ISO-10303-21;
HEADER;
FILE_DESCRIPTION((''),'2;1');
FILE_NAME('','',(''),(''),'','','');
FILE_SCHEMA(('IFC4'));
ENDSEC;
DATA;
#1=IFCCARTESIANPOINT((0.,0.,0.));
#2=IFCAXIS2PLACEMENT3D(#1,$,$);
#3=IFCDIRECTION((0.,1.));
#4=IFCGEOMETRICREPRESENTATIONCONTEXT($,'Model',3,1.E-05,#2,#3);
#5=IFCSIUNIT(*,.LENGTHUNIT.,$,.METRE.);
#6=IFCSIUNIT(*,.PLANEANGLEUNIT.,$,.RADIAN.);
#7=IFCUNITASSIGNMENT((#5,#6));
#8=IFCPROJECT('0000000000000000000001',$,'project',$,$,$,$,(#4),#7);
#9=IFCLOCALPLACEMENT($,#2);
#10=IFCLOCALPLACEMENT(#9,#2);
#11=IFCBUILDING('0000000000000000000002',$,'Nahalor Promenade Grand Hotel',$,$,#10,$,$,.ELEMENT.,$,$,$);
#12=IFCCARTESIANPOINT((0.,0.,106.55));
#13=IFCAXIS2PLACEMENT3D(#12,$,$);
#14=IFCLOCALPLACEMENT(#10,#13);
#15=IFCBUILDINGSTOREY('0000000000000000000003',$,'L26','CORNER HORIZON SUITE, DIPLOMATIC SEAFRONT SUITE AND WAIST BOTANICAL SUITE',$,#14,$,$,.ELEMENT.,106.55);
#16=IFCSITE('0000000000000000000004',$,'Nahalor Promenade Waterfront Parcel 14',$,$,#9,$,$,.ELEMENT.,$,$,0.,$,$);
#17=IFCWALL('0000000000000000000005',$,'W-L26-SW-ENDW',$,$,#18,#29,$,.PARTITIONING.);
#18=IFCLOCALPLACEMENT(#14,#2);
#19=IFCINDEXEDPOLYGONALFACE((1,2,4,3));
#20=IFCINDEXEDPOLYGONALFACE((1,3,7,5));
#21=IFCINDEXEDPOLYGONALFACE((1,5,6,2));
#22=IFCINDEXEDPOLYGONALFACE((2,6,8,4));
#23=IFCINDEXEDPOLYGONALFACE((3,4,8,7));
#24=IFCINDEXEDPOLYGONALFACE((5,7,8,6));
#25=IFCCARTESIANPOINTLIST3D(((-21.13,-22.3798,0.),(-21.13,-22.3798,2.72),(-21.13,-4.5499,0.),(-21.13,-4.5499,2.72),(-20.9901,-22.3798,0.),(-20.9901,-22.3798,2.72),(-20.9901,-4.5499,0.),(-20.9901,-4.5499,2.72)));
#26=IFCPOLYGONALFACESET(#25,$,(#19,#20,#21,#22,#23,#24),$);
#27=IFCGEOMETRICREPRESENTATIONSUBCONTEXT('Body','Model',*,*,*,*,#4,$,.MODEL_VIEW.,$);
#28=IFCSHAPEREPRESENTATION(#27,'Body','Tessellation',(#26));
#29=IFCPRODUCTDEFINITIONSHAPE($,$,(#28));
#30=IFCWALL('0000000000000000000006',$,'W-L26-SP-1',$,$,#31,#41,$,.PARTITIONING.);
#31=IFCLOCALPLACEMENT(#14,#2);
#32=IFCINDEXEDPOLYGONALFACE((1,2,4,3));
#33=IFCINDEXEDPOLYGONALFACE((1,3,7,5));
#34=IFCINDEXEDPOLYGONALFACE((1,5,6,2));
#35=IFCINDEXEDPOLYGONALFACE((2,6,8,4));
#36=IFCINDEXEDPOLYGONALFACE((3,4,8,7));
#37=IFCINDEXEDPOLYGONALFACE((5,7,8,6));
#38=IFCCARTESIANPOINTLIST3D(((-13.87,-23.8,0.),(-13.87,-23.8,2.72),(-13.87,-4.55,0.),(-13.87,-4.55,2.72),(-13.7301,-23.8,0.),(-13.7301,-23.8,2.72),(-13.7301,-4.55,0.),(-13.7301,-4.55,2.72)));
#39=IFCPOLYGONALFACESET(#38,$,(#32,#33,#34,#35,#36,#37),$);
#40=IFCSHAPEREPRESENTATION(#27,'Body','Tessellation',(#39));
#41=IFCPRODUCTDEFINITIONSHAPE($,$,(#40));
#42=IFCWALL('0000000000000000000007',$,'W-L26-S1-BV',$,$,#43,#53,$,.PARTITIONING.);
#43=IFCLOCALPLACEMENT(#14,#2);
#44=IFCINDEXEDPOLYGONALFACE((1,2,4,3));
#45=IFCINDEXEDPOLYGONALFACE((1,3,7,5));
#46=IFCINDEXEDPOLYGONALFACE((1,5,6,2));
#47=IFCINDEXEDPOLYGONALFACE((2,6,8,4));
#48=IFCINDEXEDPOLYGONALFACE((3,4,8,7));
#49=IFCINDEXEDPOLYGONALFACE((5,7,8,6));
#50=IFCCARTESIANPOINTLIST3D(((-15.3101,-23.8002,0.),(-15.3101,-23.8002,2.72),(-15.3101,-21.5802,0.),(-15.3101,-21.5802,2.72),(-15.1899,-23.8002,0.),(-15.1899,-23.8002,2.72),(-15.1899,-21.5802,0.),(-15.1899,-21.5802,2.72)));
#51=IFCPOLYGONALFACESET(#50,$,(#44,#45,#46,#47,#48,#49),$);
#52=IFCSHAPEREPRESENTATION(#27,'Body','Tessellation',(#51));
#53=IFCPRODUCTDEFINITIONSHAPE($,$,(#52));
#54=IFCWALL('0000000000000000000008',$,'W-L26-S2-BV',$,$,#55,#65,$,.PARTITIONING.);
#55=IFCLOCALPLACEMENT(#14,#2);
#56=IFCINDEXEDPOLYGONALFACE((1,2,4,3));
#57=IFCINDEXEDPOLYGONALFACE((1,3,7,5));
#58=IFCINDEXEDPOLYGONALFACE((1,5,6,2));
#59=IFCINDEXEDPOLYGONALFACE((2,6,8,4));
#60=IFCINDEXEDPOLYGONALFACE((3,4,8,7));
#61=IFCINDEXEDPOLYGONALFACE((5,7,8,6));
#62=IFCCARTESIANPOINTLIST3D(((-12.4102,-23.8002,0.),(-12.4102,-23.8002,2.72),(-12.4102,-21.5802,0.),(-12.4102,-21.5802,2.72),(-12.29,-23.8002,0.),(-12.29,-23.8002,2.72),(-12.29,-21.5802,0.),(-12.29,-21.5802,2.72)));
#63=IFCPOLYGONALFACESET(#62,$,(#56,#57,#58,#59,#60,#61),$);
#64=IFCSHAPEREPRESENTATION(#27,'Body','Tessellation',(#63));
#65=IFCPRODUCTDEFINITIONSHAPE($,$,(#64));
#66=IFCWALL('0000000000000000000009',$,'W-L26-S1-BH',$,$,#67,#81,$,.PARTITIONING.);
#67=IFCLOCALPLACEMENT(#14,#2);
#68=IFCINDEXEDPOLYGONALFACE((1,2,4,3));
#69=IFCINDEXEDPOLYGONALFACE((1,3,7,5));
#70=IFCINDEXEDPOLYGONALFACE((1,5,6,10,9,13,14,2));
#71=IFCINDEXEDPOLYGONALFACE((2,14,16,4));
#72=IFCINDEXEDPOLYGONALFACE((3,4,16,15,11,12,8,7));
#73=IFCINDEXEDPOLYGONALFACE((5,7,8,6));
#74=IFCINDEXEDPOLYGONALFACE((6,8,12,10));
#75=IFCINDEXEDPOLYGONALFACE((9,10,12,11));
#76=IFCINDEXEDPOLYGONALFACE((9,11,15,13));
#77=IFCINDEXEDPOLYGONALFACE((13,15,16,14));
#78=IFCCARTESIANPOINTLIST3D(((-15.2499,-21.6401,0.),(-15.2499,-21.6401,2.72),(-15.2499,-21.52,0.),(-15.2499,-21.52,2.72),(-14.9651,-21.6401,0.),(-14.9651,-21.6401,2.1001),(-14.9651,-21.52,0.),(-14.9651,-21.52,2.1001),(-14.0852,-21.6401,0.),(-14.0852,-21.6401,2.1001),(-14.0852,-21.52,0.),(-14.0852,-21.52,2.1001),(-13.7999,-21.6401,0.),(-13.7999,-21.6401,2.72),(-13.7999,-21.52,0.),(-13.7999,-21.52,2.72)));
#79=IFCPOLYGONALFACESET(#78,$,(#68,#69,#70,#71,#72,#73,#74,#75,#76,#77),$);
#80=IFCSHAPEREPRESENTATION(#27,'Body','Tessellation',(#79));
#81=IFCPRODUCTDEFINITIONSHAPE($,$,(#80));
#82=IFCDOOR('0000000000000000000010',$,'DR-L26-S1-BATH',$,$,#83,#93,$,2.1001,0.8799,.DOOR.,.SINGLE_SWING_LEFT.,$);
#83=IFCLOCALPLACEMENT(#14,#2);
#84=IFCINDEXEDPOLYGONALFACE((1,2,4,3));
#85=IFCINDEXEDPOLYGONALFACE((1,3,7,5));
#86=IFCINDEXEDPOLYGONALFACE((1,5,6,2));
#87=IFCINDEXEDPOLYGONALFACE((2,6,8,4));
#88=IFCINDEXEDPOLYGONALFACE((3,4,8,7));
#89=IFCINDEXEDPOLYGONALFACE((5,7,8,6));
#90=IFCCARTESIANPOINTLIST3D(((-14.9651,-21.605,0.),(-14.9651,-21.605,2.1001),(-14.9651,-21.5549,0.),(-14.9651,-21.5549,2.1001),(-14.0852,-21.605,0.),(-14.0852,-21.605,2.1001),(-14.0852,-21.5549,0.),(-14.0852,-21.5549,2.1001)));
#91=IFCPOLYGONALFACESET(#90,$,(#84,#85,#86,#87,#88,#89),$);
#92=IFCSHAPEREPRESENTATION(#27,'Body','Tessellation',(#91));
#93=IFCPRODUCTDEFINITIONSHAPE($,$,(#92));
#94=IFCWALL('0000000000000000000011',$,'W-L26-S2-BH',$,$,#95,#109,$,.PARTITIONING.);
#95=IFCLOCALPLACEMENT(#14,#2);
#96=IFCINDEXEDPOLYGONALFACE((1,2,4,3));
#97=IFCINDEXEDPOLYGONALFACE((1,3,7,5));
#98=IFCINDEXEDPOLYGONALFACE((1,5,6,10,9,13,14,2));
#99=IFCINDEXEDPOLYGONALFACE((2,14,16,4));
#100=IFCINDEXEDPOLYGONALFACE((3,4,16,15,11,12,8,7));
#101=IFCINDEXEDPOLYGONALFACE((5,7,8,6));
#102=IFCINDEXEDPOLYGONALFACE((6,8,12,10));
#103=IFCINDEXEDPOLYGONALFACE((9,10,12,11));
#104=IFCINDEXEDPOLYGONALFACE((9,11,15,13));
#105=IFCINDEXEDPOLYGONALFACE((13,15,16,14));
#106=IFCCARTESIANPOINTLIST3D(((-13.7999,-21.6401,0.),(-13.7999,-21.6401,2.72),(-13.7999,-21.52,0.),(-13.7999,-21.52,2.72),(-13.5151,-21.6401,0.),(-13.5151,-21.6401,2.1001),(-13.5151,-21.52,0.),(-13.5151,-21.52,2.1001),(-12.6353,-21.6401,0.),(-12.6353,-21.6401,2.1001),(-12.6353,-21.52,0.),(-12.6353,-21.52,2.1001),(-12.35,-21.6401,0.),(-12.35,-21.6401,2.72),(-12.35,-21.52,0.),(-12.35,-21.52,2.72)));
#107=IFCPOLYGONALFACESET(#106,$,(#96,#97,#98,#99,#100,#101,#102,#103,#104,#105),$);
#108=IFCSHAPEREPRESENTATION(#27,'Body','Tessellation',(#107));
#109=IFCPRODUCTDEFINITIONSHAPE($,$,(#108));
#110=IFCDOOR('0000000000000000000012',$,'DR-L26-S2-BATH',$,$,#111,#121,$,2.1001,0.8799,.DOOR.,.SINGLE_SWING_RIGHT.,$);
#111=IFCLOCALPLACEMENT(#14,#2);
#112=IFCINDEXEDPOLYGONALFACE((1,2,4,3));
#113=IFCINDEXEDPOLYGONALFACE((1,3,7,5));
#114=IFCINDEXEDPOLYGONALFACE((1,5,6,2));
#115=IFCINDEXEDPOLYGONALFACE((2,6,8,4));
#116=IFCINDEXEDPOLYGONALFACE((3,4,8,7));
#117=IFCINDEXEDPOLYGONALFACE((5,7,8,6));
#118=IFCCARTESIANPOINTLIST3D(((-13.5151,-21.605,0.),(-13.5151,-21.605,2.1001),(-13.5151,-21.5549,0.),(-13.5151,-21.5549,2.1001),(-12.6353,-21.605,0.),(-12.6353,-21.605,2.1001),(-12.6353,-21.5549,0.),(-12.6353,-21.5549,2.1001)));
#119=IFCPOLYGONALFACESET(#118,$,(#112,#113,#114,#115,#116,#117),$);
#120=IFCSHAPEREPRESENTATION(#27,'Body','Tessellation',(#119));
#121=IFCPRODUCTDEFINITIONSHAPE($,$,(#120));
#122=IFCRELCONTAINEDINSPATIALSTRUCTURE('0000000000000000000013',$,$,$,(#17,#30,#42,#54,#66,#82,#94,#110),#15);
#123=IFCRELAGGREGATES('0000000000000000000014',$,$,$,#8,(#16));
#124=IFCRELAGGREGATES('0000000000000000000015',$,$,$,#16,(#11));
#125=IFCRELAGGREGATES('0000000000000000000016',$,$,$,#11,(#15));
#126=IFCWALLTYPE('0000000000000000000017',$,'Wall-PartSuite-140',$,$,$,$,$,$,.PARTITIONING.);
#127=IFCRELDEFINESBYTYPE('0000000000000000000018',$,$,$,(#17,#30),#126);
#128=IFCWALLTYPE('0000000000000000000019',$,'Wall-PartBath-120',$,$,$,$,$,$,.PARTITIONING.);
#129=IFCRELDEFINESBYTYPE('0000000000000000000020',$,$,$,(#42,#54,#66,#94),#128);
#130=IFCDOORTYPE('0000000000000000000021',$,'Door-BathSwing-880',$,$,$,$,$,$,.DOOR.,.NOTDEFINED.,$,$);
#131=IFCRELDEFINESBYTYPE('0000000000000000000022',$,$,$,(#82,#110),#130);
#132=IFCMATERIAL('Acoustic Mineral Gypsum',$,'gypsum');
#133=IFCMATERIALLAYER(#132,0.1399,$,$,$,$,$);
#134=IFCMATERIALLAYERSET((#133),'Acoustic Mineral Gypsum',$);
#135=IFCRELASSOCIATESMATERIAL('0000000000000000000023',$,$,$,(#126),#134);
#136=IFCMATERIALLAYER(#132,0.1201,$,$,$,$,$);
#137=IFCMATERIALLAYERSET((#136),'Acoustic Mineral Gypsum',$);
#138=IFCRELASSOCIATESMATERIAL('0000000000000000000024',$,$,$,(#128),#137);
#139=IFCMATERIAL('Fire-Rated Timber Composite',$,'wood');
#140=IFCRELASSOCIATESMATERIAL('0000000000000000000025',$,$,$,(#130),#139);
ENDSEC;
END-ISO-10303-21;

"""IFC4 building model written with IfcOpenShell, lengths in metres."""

from ifc_helpers import new_model, si_unit, direction, frame, frame_2d, origin, place, context, subcontext, project, spatial, rectangle, extrude, source, transform, mapped, material, layer, layer_set, type_object, element, fill, save


model = new_model("IFC4")

# Units and contexts
model_context = context("Model", 3, precision=1e-05, world=origin(), true_north=direction((0.0, 1.0)))
body_context = subcontext(model_context, "Body", "Model", "MODEL_VIEW")
ifc_project = project(units=[si_unit("LENGTHUNIT", "METRE"), si_unit("PLANEANGLEUNIT", "RADIAN")], contexts=[model_context])

# Site, building, storey
site_placement = place(None, origin())
site = spatial("IfcSite", under=ifc_project, at=site_placement, Name="Nahalor Promenade Waterfront Parcel 14", CompositionType="ELEMENT", RefElevation=0.0)
building_placement = place(site_placement, origin())
building = spatial("IfcBuilding", under=site, at=building_placement, Name="Nahalor Promenade Grand Hotel", CompositionType="ELEMENT")
storey_placement = place(building_placement, frame((0.0, 0.0, 106.55)))
storey = spatial("IfcBuildingStorey", under=building, at=storey_placement, Name="L26", Description="CORNER HORIZON SUITE, DIPLOMATIC SEAFRONT SUITE AND WAIST BOTANICAL SUITE", CompositionType="ELEMENT", Elevation=106.55)

# Walls
ifc_material_1 = material(Name="Acoustic Mineral Gypsum", Category="gypsum")
ifc_layer_1 = layer(ifc_material_1, 0.1399)
ifc_layer_set_1 = layer_set([ifc_layer_1], Name="Acoustic Mineral Gypsum")
wall_type_1 = type_object("IfcWallType", Name="Wall-PartSuite-140", PredefinedType="PARTITIONING", material=ifc_layer_set_1)
shared_shape_1 = source(origin(), body_context, "Body", "SweptSolid", [
    extrude(rectangle(XDim=17.8298, YDim=0.1399, at=frame_2d((8.915, 0.0))), origin(), (0.0, 0.0, 1.0), 2.72),
])
wall_1_placement = place(storey_placement, frame((-21.0601, -22.3799, 0.0), z_axis=(0.0, 0.0, 1.0), x_axis=(0.0, 1.0, 0.0)))
element("IfcWall", 1, at=wall_1_placement, inside=storey, type_object=wall_type_1, Name="W-L26-SW-ENDW", PredefinedType="PARTITIONING", context=body_context, shape_type="MappedRepresentation", body=[
    mapped(shared_shape_1, transform((0.0, 0.0, 0.0), scale=1.0)),
])
shared_shape_2 = source(origin(), body_context, "Body", "SweptSolid", [
    extrude(rectangle(XDim=19.25, YDim=0.1399, at=frame_2d((9.625, 0.0))), origin(), (0.0, 0.0, 1.0), 2.72),
])
wall_2_placement = place(storey_placement, frame((-13.8, -23.8, 0.0), z_axis=(0.0, 0.0, 1.0), x_axis=(0.0, 1.0, 0.0)))
element("IfcWall", 2, at=wall_2_placement, inside=storey, type_object=wall_type_1, Name="W-L26-SP-1", PredefinedType="PARTITIONING", context=body_context, shape_type="MappedRepresentation", body=[
    mapped(shared_shape_2, transform((0.0, 0.0, 0.0), scale=1.0)),
])
ifc_layer_2 = layer(ifc_material_1, 0.1201)
ifc_layer_set_2 = layer_set([ifc_layer_2], Name="Acoustic Mineral Gypsum")
wall_type_2 = type_object("IfcWallType", Name="Wall-PartBath-120", PredefinedType="PARTITIONING", material=ifc_layer_set_2)
shared_shape_3 = source(origin(), body_context, "Body", "SweptSolid", [
    extrude(rectangle(XDim=2.22, YDim=0.1201, at=frame_2d((1.1099, 0.0))), origin(), (0.0, 0.0, 1.0), 2.72),
])
for number, where, z_axis, x_axis, name in (
    (3, (-15.25, -23.8, 0.0), (0.0, 0.0, 1.0), (0.0, 1.0, 0.0), "W-L26-S1-BV"),
    (4, (-12.3501, -23.8, 0.0), (0.0, 0.0, 1.0), (0.0, 1.0, 0.0), "W-L26-S2-BV"),
):
    element("IfcWall", number, at=place(storey_placement, frame(where, z_axis=z_axis, x_axis=x_axis)), inside=storey, type_object=wall_type_2, Name=name, PredefinedType="PARTITIONING", context=body_context, shape_type="MappedRepresentation", body=[
        mapped(shared_shape_3, transform((0.0, 0.0, 0.0), scale=1.0)),
    ])

# Walls, openings, doors
shared_shape_4 = source(origin(), body_context, "Body", "SweptSolid", [
    extrude(rectangle(XDim=1.45, YDim=0.1201, at=frame_2d((0.7251, 0.0))), origin(), (0.0, 0.0, 1.0), 2.72),
])
wall_3_placement = place(storey_placement, frame((-15.25, -21.5801, 0.0), z_axis=(0.0, 0.0, 1.0), x_axis=(1.0, 0.0, 0.0)))
wall_3 = element("IfcWall", 5, at=wall_3_placement, inside=storey, type_object=wall_type_2, Name="W-L26-S1-BH", PredefinedType="PARTITIONING", context=body_context, shape_type="MappedRepresentation", body=[
    mapped(shared_shape_4, transform((0.0, 0.0, 0.0), scale=1.0)),
])
opening_1_placement = place(wall_3_placement, frame((0.2849, 0.0, 0.0)))
opening_1 = element("IfcOpeningElement", 6, at=opening_1_placement, cuts=wall_3, PredefinedType="OPENING", context=body_context, shape_type="SweptSolid", body=[
    extrude(rectangle(XDim=0.8799, YDim=2.1001, at=frame_2d((0.4399, 1.05))), frame((0.0, 0.0701, 0.0), z_axis=(0.0, -1.0, 0.0), x_axis=(1.0, 0.0, 0.0)), (0.0, 0.0, 1.0), 0.1401),
])
ifc_material_2 = material(Name="Fire-Rated Timber Composite", Category="wood")
door_type = type_object("IfcDoorType", Name="Door-BathSwing-880", OperationType="NOTDEFINED", PredefinedType="DOOR", material=ifc_material_2)
shared_shape_5 = source(origin(), body_context, "Body", "SweptSolid", [
    extrude(rectangle(XDim=0.8799, YDim=2.1001, at=frame_2d((0.4399, 1.05))), frame((0.0, 0.0249, 0.0), z_axis=(0.0, -1.0, 0.0), x_axis=(1.0, 0.0, 0.0)), (0.0, 0.0, 1.0), 0.05),
])
door_1_placement = place(opening_1_placement, frame((0.8799, 0.0, 0.0), z_axis=(0.0, 0.0, 1.0), x_axis=(-1.0, 0.0, 0.0)))
door_1 = element("IfcDoor", 7, at=door_1_placement, inside=storey, type_object=door_type, Name="DR-L26-S1-BATH", OperationType="SINGLE_SWING_LEFT", OverallHeight=2.1001, OverallWidth=0.8799, PredefinedType="DOOR", context=body_context, shape_type="MappedRepresentation", body=[
    mapped(shared_shape_5, transform((0.0, 0.0, 0.0), scale=1.0)),
])
fill(opening_1, door_1)
wall_4_placement = place(storey_placement, frame((-13.8, -21.5801, 0.0), z_axis=(0.0, 0.0, 1.0), x_axis=(1.0, 0.0, 0.0)))
wall_4 = element("IfcWall", 8, at=wall_4_placement, inside=storey, type_object=wall_type_2, Name="W-L26-S2-BH", PredefinedType="PARTITIONING", context=body_context, shape_type="MappedRepresentation", body=[
    mapped(shared_shape_4, transform((0.0, 0.0, 0.0), scale=1.0)),
])
opening_2_placement = place(wall_4_placement, frame((0.2849, 0.0, 0.0)))
opening_2 = element("IfcOpeningElement", 9, at=opening_2_placement, cuts=wall_4, PredefinedType="OPENING", context=body_context, shape_type="SweptSolid", body=[
    extrude(rectangle(XDim=0.8799, YDim=2.1001, at=frame_2d((0.4399, 1.05))), frame((0.0, 0.0701, 0.0), z_axis=(0.0, -1.0, 0.0), x_axis=(1.0, 0.0, 0.0)), (0.0, 0.0, 1.0), 0.1401),
])
door_2_placement = place(opening_2_placement, frame((0.8799, 0.0, 0.0), z_axis=(0.0, 0.0, 1.0), x_axis=(-1.0, 0.0, 0.0)))
door_2 = element("IfcDoor", 10, at=door_2_placement, inside=storey, type_object=door_type, Name="DR-L26-S2-BATH", OperationType="SINGLE_SWING_RIGHT", OverallHeight=2.1001, OverallWidth=0.8799, PredefinedType="DOOR", context=body_context, shape_type="MappedRepresentation", body=[
    mapped(shared_shape_5, transform((0.0, 0.0, 0.0), scale=1.0)),
])
fill(opening_2, door_2)

save(model, "model.ifc")
